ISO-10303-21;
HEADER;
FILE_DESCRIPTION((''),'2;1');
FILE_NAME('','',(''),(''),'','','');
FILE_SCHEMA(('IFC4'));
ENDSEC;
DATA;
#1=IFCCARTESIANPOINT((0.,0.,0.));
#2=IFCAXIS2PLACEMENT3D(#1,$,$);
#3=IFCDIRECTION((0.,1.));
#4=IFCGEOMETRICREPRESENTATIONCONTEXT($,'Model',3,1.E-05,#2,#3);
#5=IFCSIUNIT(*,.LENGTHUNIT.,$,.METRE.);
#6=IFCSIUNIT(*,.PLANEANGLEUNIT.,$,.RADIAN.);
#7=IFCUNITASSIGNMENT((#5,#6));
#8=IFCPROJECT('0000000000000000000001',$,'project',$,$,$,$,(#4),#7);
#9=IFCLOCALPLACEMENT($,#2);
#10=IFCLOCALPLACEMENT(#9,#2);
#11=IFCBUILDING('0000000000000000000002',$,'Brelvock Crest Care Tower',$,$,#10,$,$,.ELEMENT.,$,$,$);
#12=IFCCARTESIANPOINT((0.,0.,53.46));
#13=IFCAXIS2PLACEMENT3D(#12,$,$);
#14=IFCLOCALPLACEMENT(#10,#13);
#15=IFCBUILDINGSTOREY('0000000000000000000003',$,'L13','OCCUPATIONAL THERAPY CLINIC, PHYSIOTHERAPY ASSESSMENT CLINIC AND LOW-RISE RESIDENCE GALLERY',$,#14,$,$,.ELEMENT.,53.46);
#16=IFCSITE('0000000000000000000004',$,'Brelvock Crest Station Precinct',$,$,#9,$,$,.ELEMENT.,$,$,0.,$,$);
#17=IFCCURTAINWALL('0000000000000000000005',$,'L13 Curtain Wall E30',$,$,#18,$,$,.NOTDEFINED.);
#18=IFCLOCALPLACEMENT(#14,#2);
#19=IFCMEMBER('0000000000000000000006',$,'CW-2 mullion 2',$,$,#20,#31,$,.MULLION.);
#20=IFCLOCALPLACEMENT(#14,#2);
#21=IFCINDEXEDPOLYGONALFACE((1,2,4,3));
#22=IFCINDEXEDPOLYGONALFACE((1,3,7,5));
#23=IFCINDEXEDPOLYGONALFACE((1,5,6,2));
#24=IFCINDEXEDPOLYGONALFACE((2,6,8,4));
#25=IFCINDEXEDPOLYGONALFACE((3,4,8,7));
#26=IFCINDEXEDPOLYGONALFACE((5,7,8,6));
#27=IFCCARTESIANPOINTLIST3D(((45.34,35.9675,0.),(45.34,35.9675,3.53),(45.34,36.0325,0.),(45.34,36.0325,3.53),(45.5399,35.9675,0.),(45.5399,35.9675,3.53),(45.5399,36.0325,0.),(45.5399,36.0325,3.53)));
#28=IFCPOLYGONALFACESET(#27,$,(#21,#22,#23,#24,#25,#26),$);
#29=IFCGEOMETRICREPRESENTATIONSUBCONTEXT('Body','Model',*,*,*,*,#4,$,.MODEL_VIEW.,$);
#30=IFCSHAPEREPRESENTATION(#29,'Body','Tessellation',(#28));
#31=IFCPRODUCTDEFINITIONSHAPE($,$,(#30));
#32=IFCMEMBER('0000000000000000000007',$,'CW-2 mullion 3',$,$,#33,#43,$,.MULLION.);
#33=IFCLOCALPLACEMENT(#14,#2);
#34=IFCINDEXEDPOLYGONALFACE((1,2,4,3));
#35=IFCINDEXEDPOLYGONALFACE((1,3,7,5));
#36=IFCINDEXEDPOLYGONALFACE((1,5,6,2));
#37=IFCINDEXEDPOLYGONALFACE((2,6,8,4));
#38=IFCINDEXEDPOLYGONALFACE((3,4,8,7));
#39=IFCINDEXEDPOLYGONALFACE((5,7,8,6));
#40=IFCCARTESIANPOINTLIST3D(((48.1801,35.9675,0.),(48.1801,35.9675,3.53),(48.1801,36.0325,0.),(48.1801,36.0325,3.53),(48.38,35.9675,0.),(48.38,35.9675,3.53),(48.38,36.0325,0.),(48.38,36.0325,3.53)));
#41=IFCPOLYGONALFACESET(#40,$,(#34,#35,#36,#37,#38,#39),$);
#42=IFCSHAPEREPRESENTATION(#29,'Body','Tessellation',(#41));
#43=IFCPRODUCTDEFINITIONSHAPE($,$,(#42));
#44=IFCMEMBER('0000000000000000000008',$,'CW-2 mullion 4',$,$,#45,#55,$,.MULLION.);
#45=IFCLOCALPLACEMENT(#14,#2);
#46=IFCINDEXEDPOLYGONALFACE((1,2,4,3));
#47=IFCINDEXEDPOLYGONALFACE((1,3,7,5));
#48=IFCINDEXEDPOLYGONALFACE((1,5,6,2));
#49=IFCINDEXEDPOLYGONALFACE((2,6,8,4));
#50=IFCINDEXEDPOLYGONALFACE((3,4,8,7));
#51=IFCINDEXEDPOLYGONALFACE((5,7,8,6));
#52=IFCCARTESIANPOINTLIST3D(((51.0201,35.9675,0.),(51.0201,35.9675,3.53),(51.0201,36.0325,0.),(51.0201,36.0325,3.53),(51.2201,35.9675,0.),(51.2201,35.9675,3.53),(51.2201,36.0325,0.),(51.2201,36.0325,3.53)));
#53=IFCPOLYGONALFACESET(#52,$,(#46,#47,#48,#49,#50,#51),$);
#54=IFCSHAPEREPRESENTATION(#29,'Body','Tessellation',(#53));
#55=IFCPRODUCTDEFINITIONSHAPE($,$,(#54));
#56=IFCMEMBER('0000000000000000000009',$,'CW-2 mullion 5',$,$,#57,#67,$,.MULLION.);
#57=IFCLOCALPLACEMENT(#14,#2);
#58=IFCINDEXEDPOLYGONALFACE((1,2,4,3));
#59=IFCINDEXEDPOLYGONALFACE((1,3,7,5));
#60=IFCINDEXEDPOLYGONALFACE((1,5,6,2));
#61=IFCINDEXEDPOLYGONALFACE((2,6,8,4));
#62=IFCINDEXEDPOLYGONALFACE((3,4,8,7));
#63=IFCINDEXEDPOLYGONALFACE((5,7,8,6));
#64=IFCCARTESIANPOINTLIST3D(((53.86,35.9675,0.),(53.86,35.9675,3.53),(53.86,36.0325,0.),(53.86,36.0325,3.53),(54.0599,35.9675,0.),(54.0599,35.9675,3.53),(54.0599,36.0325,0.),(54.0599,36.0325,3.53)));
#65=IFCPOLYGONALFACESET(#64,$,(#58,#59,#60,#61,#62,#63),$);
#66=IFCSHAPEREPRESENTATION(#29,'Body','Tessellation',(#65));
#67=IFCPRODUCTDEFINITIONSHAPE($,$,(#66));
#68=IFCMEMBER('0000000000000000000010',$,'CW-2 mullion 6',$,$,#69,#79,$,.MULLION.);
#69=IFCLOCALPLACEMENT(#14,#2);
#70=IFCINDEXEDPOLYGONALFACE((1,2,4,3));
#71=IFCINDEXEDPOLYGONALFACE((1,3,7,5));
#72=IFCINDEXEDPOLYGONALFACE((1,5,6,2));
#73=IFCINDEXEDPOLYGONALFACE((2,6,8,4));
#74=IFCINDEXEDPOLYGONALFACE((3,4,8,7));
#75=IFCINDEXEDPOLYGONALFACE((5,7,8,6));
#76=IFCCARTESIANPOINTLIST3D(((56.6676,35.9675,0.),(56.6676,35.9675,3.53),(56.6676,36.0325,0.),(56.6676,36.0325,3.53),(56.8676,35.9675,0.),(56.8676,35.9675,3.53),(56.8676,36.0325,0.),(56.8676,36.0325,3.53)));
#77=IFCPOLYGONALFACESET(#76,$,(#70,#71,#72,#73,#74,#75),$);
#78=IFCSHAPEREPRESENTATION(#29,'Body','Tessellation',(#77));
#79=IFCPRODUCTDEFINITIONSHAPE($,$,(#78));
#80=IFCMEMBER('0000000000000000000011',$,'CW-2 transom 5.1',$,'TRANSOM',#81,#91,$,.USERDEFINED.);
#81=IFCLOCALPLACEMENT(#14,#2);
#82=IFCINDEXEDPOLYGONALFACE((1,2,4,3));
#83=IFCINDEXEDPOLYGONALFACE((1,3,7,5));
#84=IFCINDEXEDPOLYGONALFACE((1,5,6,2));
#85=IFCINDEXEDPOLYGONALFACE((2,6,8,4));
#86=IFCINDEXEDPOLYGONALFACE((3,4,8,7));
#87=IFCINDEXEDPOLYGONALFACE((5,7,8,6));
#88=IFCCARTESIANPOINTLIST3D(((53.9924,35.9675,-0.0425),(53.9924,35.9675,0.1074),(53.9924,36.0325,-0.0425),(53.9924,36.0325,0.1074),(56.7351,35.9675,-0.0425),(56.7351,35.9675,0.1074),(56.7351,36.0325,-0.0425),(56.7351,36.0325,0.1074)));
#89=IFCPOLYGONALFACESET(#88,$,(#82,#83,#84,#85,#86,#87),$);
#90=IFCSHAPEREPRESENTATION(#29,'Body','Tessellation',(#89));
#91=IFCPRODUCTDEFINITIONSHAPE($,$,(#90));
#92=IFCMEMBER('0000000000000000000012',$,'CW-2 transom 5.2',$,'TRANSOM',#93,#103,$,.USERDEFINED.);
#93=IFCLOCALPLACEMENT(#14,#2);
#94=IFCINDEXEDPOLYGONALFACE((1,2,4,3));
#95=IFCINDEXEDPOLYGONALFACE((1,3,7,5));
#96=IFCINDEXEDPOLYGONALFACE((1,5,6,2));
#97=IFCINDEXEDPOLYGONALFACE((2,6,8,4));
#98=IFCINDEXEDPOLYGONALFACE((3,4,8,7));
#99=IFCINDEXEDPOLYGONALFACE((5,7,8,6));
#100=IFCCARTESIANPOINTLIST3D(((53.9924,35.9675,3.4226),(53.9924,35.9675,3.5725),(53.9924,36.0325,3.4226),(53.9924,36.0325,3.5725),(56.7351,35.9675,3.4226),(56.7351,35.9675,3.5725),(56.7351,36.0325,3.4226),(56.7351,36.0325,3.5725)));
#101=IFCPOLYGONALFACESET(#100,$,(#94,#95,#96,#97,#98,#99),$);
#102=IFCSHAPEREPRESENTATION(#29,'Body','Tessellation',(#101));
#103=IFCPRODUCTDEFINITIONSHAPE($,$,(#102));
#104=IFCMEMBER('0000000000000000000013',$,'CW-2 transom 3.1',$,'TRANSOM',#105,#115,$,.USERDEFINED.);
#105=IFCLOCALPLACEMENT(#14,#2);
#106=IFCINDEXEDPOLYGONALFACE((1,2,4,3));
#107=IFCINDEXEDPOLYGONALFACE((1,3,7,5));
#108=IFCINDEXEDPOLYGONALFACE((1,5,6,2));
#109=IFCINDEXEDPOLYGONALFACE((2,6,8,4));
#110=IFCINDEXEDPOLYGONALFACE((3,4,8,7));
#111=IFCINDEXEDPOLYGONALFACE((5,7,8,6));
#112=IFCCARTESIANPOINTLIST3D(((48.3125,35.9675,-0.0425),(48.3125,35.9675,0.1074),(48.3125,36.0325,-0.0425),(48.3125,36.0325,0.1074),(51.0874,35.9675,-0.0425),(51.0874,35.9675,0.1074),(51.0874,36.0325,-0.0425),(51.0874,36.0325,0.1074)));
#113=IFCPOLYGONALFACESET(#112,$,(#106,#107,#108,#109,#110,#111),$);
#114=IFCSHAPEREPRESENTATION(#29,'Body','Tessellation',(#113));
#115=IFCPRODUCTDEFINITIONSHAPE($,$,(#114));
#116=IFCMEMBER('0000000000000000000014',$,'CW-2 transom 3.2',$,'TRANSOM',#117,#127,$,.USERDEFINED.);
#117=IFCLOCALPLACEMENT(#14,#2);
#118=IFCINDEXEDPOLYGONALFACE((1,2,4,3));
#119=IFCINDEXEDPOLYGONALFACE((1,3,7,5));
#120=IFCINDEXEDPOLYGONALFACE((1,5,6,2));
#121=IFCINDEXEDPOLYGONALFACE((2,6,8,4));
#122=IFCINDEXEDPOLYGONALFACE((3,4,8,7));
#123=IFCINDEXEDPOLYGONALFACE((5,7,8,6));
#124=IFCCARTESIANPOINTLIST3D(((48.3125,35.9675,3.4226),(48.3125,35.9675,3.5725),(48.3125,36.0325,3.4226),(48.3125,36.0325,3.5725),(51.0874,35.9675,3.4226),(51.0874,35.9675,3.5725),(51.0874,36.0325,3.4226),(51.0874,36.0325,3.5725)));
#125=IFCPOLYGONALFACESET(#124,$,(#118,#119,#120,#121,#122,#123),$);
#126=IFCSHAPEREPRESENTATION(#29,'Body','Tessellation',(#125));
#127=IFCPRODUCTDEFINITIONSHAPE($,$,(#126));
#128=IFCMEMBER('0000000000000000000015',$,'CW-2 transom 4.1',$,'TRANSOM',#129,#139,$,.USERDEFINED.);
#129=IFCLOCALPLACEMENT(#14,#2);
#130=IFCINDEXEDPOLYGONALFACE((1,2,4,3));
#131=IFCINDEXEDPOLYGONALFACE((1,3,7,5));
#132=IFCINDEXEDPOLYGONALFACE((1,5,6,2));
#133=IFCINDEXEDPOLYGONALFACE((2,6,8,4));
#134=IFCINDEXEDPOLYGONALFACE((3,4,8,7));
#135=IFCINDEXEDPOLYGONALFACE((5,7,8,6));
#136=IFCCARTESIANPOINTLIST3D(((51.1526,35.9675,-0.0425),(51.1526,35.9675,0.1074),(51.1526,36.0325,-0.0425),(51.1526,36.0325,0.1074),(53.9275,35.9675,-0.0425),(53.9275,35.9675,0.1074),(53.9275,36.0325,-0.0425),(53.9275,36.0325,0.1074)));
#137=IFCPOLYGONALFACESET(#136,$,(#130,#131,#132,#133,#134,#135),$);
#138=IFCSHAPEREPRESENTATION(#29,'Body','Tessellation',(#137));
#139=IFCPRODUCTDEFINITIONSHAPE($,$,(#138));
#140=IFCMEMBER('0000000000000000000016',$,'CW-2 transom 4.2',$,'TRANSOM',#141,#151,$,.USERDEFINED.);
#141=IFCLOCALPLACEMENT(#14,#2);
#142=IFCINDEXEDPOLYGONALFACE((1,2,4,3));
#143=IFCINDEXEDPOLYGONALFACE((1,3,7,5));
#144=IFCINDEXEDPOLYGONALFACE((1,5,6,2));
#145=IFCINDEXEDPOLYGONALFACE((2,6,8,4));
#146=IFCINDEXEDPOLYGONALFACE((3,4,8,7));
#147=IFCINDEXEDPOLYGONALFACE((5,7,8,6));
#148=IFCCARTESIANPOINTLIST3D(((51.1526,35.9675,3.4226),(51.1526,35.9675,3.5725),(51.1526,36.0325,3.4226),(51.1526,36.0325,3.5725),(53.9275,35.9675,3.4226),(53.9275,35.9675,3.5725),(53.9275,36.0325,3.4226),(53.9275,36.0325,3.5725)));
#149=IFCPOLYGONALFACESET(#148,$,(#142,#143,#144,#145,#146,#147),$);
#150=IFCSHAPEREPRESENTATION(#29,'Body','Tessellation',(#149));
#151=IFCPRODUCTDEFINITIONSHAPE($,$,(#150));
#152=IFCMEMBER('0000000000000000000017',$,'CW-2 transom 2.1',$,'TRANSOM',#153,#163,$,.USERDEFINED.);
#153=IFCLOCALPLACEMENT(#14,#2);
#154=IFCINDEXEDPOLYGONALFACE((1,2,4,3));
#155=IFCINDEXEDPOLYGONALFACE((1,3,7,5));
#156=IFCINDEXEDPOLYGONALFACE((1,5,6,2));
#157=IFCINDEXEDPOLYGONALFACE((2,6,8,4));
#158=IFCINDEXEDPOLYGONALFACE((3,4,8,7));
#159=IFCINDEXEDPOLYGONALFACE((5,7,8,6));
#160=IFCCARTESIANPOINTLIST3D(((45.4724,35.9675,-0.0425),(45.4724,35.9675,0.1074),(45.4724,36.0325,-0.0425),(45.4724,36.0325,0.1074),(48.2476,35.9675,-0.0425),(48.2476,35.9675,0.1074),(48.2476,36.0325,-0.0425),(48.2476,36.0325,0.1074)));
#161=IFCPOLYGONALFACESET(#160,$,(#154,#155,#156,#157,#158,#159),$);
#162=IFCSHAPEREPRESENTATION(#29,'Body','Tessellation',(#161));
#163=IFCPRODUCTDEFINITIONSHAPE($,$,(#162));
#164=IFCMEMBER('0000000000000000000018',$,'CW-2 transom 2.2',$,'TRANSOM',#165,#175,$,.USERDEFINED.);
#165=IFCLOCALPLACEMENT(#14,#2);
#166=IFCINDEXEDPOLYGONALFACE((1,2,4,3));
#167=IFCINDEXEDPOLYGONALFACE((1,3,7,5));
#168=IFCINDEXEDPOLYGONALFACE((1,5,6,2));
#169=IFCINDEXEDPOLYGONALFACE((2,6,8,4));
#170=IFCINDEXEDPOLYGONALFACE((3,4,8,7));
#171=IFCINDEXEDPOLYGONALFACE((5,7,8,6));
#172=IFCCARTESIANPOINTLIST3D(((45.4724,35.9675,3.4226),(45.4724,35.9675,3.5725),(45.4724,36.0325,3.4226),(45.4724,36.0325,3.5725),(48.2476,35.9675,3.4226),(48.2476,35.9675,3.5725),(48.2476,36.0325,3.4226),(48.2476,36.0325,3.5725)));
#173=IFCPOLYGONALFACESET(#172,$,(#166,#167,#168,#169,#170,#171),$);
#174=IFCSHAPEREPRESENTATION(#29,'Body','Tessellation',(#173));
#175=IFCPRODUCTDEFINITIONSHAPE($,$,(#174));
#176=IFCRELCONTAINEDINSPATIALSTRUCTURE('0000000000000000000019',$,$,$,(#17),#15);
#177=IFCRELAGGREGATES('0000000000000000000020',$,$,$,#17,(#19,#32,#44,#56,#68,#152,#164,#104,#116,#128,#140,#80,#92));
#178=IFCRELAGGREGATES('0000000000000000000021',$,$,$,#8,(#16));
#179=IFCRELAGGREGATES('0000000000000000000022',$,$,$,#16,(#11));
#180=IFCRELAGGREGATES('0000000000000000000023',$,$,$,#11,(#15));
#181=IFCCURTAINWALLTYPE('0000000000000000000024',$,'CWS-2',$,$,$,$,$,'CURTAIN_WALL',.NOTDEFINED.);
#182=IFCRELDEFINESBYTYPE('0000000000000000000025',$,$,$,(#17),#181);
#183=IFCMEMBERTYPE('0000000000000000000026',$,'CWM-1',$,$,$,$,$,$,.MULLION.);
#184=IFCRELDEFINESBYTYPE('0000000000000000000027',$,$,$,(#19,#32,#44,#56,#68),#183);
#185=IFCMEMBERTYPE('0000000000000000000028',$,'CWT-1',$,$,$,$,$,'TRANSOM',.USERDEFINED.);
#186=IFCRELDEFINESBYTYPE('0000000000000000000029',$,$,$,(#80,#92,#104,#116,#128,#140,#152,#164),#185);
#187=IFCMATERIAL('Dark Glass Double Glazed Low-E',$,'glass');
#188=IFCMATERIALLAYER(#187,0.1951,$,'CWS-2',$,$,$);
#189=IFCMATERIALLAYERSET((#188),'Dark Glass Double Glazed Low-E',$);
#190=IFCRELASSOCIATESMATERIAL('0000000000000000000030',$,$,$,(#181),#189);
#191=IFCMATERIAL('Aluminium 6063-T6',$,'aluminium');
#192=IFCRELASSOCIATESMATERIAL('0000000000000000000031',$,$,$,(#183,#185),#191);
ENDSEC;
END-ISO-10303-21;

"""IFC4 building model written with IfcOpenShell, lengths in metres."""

from ifc_helpers import new_model, si_unit, direction, frame, origin, origin_2d, place, context, subcontext, project, spatial, rectangle, extrude, source, transform, mapped, material, layer, layer_set, material_profile, profile_set, type_object, element, aggregate, save


model = new_model("IFC4")

# Units and contexts
model_context = context("Model", 3, precision=1e-05, world=origin(), true_north=direction((0.0, 1.0)))
body_context = subcontext(model_context, "Body", "Model", "MODEL_VIEW")
ifc_project = project(units=[si_unit("LENGTHUNIT", "METRE"), si_unit("PLANEANGLEUNIT", "RADIAN")], contexts=[model_context])

# Site, building, storey
site_placement = place(None, origin())
site = spatial("IfcSite", under=ifc_project, at=site_placement, Name="Brelvock Crest Station Precinct", CompositionType="ELEMENT", RefElevation=0.0)
building_placement = place(site_placement, origin())
building = spatial("IfcBuilding", under=site, at=building_placement, Name="Brelvock Crest Care Tower", CompositionType="ELEMENT")
storey_placement = place(building_placement, frame((0.0, 0.0, 53.46)))
storey = spatial("IfcBuildingStorey", under=building, at=storey_placement, Name="L13", Description="OCCUPATIONAL THERAPY CLINIC, PHYSIOTHERAPY ASSESSMENT CLINIC AND LOW-RISE RESIDENCE GALLERY", CompositionType="ELEMENT", Elevation=53.46)

# Curtain wall, members
ifc_material_1 = material(Name="Dark Glass Double Glazed Low-E", Category="glass")
ifc_layer_1 = layer(ifc_material_1, 0.1951, Name="CWS-2")
ifc_layer_set_1 = layer_set([ifc_layer_1], Name="Dark Glass Double Glazed Low-E")
curtain_wall_type = type_object("IfcCurtainWallType", Name="CWS-2", ElementType="CURTAIN_WALL", PredefinedType="NOTDEFINED", material=ifc_layer_set_1)
curtain_wall_placement = place(storey_placement, origin())
curtain_wall = element("IfcCurtainWall", 1, at=curtain_wall_placement, inside=storey, type_object=curtain_wall_type, Name="L13 Curtain Wall E30", PredefinedType="NOTDEFINED")
ifc_material_2 = material(Name="Aluminium 6063-T6", Category="aluminium")
ifc_material_profile_1 = material_profile(ifc_material_2, rectangle(XDim=0.0649, YDim=0.2, at=origin_2d()), Name="ALU65x200")
ifc_profile_set_1 = profile_set([ifc_material_profile_1], Name="Aluminium 6063-T6")
member_type_1 = type_object("IfcMemberType", Name="CWM-1", PredefinedType="MULLION", material=ifc_profile_set_1)
shared_shape_1 = source(origin(), body_context, "Body", "SweptSolid", [
    extrude(rectangle(XDim=0.0649, YDim=0.2, at=origin_2d()), origin(), (0.0, 0.0, 1.0), 3.53),
])
member_1_placement = place(storey_placement, frame((45.4399, 36.0, 0.0), z_axis=(0.0, 0.0, 1.0), x_axis=(0.0, 1.0, 0.0)))
member_1 = element("IfcMember", 2, at=member_1_placement, type_object=member_type_1, Name="CW-2 mullion 2", PredefinedType="MULLION", context=body_context, shape_type="MappedRepresentation", body=[
    mapped(shared_shape_1, transform((0.0, 0.0, 0.0), x_axis=(1.0, 0.0, 0.0), y_axis=(0.0, 1.0, 0.0), z_axis=(0.0, 0.0, 1.0), scale=1.0)),
])
member_2_placement = place(storey_placement, frame((48.28, 36.0, 0.0), z_axis=(0.0, 0.0, 1.0), x_axis=(0.0, 1.0, 0.0)))
member_2 = element("IfcMember", 3, at=member_2_placement, type_object=member_type_1, Name="CW-2 mullion 3", PredefinedType="MULLION", context=body_context, shape_type="MappedRepresentation", body=[
    mapped(shared_shape_1, transform((0.0, 0.0, 0.0), x_axis=(1.0, 0.0, 0.0), y_axis=(0.0, 1.0, 0.0), z_axis=(0.0, 0.0, 1.0), scale=1.0)),
])
member_3_placement = place(storey_placement, frame((51.1201, 36.0, 0.0), z_axis=(0.0, 0.0, 1.0), x_axis=(0.0, 1.0, 0.0)))
member_3 = element("IfcMember", 4, at=member_3_placement, type_object=member_type_1, Name="CW-2 mullion 4", PredefinedType="MULLION", context=body_context, shape_type="MappedRepresentation", body=[
    mapped(shared_shape_1, transform((0.0, 0.0, 0.0), x_axis=(1.0, 0.0, 0.0), y_axis=(0.0, 1.0, 0.0), z_axis=(0.0, 0.0, 1.0), scale=1.0)),
])
member_4_placement = place(storey_placement, frame((53.96, 36.0, 0.0), z_axis=(0.0, 0.0, 1.0), x_axis=(0.0, 1.0, 0.0)))
member_4 = element("IfcMember", 5, at=member_4_placement, type_object=member_type_1, Name="CW-2 mullion 5", PredefinedType="MULLION", context=body_context, shape_type="MappedRepresentation", body=[
    mapped(shared_shape_1, transform((0.0, 0.0, 0.0), x_axis=(1.0, 0.0, 0.0), y_axis=(0.0, 1.0, 0.0), z_axis=(0.0, 0.0, 1.0), scale=1.0)),
])
member_5_placement = place(storey_placement, frame((56.7676, 36.0, 0.0), z_axis=(0.0, 0.0, 1.0), x_axis=(0.0, 1.0, 0.0)))
member_5 = element("IfcMember", 6, at=member_5_placement, type_object=member_type_1, Name="CW-2 mullion 6", PredefinedType="MULLION", context=body_context, shape_type="MappedRepresentation", body=[
    mapped(shared_shape_1, transform((0.0, 0.0, 0.0), x_axis=(1.0, 0.0, 0.0), y_axis=(0.0, 1.0, 0.0), z_axis=(0.0, 0.0, 1.0), scale=1.0)),
])
ifc_material_profile_2 = material_profile(ifc_material_2, rectangle(XDim=0.0649, YDim=0.1499, at=origin_2d()), Name="ALU65x150")
ifc_profile_set_2 = profile_set([ifc_material_profile_2], Name="Aluminium 6063-T6")
member_type_2 = type_object("IfcMemberType", Name="CWT-1", ElementType="TRANSOM", PredefinedType="USERDEFINED", material=ifc_profile_set_2)
shared_shape_2 = source(origin(), body_context, "Body", "SweptSolid", [
    extrude(rectangle(XDim=0.0649, YDim=0.1499, at=origin_2d()), origin(), (0.0, 0.0, 1.0), 2.7427),
])
member_6_placement = place(storey_placement, frame((53.9924, 36.0, 0.0325), z_axis=(1.0, 0.0, 0.0), x_axis=(0.0, 1.0, 0.0)))
member_6 = element("IfcMember", 7, at=member_6_placement, type_object=member_type_2, Name="CW-2 transom 5.1", ObjectType="TRANSOM", PredefinedType="USERDEFINED", context=body_context, shape_type="MappedRepresentation", body=[
    mapped(shared_shape_2, transform((0.0, 0.0, 0.0), x_axis=(1.0, 0.0, 0.0), y_axis=(0.0, 1.0, 0.0), z_axis=(0.0, 0.0, 1.0), scale=1.0)),
])
member_7_placement = place(storey_placement, frame((53.9924, 36.0, 3.4976), z_axis=(1.0, 0.0, 0.0), x_axis=(0.0, 1.0, 0.0)))
member_7 = element("IfcMember", 8, at=member_7_placement, type_object=member_type_2, Name="CW-2 transom 5.2", ObjectType="TRANSOM", PredefinedType="USERDEFINED", context=body_context, shape_type="MappedRepresentation", body=[
    mapped(shared_shape_2, transform((0.0, 0.0, 0.0), x_axis=(1.0, 0.0, 0.0), y_axis=(0.0, 1.0, 0.0), z_axis=(0.0, 0.0, 1.0), scale=1.0)),
])
shared_shape_3 = source(origin(), body_context, "Body", "SweptSolid", [
    extrude(rectangle(XDim=0.0649, YDim=0.1499, at=origin_2d()), origin(), (0.0, 0.0, 1.0), 2.7749),
])
member_8_placement = place(storey_placement, frame((48.3125, 36.0, 0.0325), z_axis=(1.0, 0.0, 0.0), x_axis=(0.0, 1.0, 0.0)))
member_8 = element("IfcMember", 9, at=member_8_placement, type_object=member_type_2, Name="CW-2 transom 3.1", ObjectType="TRANSOM", PredefinedType="USERDEFINED", context=body_context, shape_type="MappedRepresentation", body=[
    mapped(shared_shape_3, transform((0.0, 0.0, 0.0), x_axis=(1.0, 0.0, 0.0), y_axis=(0.0, 1.0, 0.0), z_axis=(0.0, 0.0, 1.0), scale=1.0)),
])
member_9_placement = place(storey_placement, frame((48.3125, 36.0, 3.4976), z_axis=(1.0, 0.0, 0.0), x_axis=(0.0, 1.0, 0.0)))
member_9 = element("IfcMember", 10, at=member_9_placement, type_object=member_type_2, Name="CW-2 transom 3.2", ObjectType="TRANSOM", PredefinedType="USERDEFINED", context=body_context, shape_type="MappedRepresentation", body=[
    mapped(shared_shape_3, transform((0.0, 0.0, 0.0), x_axis=(1.0, 0.0, 0.0), y_axis=(0.0, 1.0, 0.0), z_axis=(0.0, 0.0, 1.0), scale=1.0)),
])
member_10_placement = place(storey_placement, frame((51.1526, 36.0, 0.0325), z_axis=(1.0, 0.0, 0.0), x_axis=(0.0, 1.0, 0.0)))
member_10 = element("IfcMember", 11, at=member_10_placement, type_object=member_type_2, Name="CW-2 transom 4.1", ObjectType="TRANSOM", PredefinedType="USERDEFINED", context=body_context, shape_type="MappedRepresentation", body=[
    mapped(shared_shape_3, transform((0.0, 0.0, 0.0), x_axis=(1.0, 0.0, 0.0), y_axis=(0.0, 1.0, 0.0), z_axis=(0.0, 0.0, 1.0), scale=1.0)),
])
member_11_placement = place(storey_placement, frame((51.1526, 36.0, 3.4976), z_axis=(1.0, 0.0, 0.0), x_axis=(0.0, 1.0, 0.0)))
member_11 = element("IfcMember", 12, at=member_11_placement, type_object=member_type_2, Name="CW-2 transom 4.2", ObjectType="TRANSOM", PredefinedType="USERDEFINED", context=body_context, shape_type="MappedRepresentation", body=[
    mapped(shared_shape_3, transform((0.0, 0.0, 0.0), x_axis=(1.0, 0.0, 0.0), y_axis=(0.0, 1.0, 0.0), z_axis=(0.0, 0.0, 1.0), scale=1.0)),
])
shared_shape_4 = source(origin(), body_context, "Body", "SweptSolid", [
    extrude(rectangle(XDim=0.0649, YDim=0.1499, at=origin_2d()), origin(), (0.0, 0.0, 1.0), 2.7751),
])
member_12_placement = place(storey_placement, frame((45.4724, 36.0, 0.0325), z_axis=(1.0, 0.0, 0.0), x_axis=(0.0, 1.0, 0.0)))
member_12 = element("IfcMember", 13, at=member_12_placement, type_object=member_type_2, Name="CW-2 transom 2.1", ObjectType="TRANSOM", PredefinedType="USERDEFINED", context=body_context, shape_type="MappedRepresentation", body=[
    mapped(shared_shape_4, transform((0.0, 0.0, 0.0), x_axis=(1.0, 0.0, 0.0), y_axis=(0.0, 1.0, 0.0), z_axis=(0.0, 0.0, 1.0), scale=1.0)),
])
member_13_placement = place(storey_placement, frame((45.4724, 36.0, 3.4976), z_axis=(1.0, 0.0, 0.0), x_axis=(0.0, 1.0, 0.0)))
member_13 = element("IfcMember", 14, at=member_13_placement, type_object=member_type_2, Name="CW-2 transom 2.2", ObjectType="TRANSOM", PredefinedType="USERDEFINED", context=body_context, shape_type="MappedRepresentation", body=[
    mapped(shared_shape_4, transform((0.0, 0.0, 0.0), x_axis=(1.0, 0.0, 0.0), y_axis=(0.0, 1.0, 0.0), z_axis=(0.0, 0.0, 1.0), scale=1.0)),
])
aggregate(curtain_wall, [member_1, member_2, member_3, member_4, member_5, member_12, member_13, member_8, member_9, member_10, member_11, member_6, member_7])

save(model, "model.ifc")
